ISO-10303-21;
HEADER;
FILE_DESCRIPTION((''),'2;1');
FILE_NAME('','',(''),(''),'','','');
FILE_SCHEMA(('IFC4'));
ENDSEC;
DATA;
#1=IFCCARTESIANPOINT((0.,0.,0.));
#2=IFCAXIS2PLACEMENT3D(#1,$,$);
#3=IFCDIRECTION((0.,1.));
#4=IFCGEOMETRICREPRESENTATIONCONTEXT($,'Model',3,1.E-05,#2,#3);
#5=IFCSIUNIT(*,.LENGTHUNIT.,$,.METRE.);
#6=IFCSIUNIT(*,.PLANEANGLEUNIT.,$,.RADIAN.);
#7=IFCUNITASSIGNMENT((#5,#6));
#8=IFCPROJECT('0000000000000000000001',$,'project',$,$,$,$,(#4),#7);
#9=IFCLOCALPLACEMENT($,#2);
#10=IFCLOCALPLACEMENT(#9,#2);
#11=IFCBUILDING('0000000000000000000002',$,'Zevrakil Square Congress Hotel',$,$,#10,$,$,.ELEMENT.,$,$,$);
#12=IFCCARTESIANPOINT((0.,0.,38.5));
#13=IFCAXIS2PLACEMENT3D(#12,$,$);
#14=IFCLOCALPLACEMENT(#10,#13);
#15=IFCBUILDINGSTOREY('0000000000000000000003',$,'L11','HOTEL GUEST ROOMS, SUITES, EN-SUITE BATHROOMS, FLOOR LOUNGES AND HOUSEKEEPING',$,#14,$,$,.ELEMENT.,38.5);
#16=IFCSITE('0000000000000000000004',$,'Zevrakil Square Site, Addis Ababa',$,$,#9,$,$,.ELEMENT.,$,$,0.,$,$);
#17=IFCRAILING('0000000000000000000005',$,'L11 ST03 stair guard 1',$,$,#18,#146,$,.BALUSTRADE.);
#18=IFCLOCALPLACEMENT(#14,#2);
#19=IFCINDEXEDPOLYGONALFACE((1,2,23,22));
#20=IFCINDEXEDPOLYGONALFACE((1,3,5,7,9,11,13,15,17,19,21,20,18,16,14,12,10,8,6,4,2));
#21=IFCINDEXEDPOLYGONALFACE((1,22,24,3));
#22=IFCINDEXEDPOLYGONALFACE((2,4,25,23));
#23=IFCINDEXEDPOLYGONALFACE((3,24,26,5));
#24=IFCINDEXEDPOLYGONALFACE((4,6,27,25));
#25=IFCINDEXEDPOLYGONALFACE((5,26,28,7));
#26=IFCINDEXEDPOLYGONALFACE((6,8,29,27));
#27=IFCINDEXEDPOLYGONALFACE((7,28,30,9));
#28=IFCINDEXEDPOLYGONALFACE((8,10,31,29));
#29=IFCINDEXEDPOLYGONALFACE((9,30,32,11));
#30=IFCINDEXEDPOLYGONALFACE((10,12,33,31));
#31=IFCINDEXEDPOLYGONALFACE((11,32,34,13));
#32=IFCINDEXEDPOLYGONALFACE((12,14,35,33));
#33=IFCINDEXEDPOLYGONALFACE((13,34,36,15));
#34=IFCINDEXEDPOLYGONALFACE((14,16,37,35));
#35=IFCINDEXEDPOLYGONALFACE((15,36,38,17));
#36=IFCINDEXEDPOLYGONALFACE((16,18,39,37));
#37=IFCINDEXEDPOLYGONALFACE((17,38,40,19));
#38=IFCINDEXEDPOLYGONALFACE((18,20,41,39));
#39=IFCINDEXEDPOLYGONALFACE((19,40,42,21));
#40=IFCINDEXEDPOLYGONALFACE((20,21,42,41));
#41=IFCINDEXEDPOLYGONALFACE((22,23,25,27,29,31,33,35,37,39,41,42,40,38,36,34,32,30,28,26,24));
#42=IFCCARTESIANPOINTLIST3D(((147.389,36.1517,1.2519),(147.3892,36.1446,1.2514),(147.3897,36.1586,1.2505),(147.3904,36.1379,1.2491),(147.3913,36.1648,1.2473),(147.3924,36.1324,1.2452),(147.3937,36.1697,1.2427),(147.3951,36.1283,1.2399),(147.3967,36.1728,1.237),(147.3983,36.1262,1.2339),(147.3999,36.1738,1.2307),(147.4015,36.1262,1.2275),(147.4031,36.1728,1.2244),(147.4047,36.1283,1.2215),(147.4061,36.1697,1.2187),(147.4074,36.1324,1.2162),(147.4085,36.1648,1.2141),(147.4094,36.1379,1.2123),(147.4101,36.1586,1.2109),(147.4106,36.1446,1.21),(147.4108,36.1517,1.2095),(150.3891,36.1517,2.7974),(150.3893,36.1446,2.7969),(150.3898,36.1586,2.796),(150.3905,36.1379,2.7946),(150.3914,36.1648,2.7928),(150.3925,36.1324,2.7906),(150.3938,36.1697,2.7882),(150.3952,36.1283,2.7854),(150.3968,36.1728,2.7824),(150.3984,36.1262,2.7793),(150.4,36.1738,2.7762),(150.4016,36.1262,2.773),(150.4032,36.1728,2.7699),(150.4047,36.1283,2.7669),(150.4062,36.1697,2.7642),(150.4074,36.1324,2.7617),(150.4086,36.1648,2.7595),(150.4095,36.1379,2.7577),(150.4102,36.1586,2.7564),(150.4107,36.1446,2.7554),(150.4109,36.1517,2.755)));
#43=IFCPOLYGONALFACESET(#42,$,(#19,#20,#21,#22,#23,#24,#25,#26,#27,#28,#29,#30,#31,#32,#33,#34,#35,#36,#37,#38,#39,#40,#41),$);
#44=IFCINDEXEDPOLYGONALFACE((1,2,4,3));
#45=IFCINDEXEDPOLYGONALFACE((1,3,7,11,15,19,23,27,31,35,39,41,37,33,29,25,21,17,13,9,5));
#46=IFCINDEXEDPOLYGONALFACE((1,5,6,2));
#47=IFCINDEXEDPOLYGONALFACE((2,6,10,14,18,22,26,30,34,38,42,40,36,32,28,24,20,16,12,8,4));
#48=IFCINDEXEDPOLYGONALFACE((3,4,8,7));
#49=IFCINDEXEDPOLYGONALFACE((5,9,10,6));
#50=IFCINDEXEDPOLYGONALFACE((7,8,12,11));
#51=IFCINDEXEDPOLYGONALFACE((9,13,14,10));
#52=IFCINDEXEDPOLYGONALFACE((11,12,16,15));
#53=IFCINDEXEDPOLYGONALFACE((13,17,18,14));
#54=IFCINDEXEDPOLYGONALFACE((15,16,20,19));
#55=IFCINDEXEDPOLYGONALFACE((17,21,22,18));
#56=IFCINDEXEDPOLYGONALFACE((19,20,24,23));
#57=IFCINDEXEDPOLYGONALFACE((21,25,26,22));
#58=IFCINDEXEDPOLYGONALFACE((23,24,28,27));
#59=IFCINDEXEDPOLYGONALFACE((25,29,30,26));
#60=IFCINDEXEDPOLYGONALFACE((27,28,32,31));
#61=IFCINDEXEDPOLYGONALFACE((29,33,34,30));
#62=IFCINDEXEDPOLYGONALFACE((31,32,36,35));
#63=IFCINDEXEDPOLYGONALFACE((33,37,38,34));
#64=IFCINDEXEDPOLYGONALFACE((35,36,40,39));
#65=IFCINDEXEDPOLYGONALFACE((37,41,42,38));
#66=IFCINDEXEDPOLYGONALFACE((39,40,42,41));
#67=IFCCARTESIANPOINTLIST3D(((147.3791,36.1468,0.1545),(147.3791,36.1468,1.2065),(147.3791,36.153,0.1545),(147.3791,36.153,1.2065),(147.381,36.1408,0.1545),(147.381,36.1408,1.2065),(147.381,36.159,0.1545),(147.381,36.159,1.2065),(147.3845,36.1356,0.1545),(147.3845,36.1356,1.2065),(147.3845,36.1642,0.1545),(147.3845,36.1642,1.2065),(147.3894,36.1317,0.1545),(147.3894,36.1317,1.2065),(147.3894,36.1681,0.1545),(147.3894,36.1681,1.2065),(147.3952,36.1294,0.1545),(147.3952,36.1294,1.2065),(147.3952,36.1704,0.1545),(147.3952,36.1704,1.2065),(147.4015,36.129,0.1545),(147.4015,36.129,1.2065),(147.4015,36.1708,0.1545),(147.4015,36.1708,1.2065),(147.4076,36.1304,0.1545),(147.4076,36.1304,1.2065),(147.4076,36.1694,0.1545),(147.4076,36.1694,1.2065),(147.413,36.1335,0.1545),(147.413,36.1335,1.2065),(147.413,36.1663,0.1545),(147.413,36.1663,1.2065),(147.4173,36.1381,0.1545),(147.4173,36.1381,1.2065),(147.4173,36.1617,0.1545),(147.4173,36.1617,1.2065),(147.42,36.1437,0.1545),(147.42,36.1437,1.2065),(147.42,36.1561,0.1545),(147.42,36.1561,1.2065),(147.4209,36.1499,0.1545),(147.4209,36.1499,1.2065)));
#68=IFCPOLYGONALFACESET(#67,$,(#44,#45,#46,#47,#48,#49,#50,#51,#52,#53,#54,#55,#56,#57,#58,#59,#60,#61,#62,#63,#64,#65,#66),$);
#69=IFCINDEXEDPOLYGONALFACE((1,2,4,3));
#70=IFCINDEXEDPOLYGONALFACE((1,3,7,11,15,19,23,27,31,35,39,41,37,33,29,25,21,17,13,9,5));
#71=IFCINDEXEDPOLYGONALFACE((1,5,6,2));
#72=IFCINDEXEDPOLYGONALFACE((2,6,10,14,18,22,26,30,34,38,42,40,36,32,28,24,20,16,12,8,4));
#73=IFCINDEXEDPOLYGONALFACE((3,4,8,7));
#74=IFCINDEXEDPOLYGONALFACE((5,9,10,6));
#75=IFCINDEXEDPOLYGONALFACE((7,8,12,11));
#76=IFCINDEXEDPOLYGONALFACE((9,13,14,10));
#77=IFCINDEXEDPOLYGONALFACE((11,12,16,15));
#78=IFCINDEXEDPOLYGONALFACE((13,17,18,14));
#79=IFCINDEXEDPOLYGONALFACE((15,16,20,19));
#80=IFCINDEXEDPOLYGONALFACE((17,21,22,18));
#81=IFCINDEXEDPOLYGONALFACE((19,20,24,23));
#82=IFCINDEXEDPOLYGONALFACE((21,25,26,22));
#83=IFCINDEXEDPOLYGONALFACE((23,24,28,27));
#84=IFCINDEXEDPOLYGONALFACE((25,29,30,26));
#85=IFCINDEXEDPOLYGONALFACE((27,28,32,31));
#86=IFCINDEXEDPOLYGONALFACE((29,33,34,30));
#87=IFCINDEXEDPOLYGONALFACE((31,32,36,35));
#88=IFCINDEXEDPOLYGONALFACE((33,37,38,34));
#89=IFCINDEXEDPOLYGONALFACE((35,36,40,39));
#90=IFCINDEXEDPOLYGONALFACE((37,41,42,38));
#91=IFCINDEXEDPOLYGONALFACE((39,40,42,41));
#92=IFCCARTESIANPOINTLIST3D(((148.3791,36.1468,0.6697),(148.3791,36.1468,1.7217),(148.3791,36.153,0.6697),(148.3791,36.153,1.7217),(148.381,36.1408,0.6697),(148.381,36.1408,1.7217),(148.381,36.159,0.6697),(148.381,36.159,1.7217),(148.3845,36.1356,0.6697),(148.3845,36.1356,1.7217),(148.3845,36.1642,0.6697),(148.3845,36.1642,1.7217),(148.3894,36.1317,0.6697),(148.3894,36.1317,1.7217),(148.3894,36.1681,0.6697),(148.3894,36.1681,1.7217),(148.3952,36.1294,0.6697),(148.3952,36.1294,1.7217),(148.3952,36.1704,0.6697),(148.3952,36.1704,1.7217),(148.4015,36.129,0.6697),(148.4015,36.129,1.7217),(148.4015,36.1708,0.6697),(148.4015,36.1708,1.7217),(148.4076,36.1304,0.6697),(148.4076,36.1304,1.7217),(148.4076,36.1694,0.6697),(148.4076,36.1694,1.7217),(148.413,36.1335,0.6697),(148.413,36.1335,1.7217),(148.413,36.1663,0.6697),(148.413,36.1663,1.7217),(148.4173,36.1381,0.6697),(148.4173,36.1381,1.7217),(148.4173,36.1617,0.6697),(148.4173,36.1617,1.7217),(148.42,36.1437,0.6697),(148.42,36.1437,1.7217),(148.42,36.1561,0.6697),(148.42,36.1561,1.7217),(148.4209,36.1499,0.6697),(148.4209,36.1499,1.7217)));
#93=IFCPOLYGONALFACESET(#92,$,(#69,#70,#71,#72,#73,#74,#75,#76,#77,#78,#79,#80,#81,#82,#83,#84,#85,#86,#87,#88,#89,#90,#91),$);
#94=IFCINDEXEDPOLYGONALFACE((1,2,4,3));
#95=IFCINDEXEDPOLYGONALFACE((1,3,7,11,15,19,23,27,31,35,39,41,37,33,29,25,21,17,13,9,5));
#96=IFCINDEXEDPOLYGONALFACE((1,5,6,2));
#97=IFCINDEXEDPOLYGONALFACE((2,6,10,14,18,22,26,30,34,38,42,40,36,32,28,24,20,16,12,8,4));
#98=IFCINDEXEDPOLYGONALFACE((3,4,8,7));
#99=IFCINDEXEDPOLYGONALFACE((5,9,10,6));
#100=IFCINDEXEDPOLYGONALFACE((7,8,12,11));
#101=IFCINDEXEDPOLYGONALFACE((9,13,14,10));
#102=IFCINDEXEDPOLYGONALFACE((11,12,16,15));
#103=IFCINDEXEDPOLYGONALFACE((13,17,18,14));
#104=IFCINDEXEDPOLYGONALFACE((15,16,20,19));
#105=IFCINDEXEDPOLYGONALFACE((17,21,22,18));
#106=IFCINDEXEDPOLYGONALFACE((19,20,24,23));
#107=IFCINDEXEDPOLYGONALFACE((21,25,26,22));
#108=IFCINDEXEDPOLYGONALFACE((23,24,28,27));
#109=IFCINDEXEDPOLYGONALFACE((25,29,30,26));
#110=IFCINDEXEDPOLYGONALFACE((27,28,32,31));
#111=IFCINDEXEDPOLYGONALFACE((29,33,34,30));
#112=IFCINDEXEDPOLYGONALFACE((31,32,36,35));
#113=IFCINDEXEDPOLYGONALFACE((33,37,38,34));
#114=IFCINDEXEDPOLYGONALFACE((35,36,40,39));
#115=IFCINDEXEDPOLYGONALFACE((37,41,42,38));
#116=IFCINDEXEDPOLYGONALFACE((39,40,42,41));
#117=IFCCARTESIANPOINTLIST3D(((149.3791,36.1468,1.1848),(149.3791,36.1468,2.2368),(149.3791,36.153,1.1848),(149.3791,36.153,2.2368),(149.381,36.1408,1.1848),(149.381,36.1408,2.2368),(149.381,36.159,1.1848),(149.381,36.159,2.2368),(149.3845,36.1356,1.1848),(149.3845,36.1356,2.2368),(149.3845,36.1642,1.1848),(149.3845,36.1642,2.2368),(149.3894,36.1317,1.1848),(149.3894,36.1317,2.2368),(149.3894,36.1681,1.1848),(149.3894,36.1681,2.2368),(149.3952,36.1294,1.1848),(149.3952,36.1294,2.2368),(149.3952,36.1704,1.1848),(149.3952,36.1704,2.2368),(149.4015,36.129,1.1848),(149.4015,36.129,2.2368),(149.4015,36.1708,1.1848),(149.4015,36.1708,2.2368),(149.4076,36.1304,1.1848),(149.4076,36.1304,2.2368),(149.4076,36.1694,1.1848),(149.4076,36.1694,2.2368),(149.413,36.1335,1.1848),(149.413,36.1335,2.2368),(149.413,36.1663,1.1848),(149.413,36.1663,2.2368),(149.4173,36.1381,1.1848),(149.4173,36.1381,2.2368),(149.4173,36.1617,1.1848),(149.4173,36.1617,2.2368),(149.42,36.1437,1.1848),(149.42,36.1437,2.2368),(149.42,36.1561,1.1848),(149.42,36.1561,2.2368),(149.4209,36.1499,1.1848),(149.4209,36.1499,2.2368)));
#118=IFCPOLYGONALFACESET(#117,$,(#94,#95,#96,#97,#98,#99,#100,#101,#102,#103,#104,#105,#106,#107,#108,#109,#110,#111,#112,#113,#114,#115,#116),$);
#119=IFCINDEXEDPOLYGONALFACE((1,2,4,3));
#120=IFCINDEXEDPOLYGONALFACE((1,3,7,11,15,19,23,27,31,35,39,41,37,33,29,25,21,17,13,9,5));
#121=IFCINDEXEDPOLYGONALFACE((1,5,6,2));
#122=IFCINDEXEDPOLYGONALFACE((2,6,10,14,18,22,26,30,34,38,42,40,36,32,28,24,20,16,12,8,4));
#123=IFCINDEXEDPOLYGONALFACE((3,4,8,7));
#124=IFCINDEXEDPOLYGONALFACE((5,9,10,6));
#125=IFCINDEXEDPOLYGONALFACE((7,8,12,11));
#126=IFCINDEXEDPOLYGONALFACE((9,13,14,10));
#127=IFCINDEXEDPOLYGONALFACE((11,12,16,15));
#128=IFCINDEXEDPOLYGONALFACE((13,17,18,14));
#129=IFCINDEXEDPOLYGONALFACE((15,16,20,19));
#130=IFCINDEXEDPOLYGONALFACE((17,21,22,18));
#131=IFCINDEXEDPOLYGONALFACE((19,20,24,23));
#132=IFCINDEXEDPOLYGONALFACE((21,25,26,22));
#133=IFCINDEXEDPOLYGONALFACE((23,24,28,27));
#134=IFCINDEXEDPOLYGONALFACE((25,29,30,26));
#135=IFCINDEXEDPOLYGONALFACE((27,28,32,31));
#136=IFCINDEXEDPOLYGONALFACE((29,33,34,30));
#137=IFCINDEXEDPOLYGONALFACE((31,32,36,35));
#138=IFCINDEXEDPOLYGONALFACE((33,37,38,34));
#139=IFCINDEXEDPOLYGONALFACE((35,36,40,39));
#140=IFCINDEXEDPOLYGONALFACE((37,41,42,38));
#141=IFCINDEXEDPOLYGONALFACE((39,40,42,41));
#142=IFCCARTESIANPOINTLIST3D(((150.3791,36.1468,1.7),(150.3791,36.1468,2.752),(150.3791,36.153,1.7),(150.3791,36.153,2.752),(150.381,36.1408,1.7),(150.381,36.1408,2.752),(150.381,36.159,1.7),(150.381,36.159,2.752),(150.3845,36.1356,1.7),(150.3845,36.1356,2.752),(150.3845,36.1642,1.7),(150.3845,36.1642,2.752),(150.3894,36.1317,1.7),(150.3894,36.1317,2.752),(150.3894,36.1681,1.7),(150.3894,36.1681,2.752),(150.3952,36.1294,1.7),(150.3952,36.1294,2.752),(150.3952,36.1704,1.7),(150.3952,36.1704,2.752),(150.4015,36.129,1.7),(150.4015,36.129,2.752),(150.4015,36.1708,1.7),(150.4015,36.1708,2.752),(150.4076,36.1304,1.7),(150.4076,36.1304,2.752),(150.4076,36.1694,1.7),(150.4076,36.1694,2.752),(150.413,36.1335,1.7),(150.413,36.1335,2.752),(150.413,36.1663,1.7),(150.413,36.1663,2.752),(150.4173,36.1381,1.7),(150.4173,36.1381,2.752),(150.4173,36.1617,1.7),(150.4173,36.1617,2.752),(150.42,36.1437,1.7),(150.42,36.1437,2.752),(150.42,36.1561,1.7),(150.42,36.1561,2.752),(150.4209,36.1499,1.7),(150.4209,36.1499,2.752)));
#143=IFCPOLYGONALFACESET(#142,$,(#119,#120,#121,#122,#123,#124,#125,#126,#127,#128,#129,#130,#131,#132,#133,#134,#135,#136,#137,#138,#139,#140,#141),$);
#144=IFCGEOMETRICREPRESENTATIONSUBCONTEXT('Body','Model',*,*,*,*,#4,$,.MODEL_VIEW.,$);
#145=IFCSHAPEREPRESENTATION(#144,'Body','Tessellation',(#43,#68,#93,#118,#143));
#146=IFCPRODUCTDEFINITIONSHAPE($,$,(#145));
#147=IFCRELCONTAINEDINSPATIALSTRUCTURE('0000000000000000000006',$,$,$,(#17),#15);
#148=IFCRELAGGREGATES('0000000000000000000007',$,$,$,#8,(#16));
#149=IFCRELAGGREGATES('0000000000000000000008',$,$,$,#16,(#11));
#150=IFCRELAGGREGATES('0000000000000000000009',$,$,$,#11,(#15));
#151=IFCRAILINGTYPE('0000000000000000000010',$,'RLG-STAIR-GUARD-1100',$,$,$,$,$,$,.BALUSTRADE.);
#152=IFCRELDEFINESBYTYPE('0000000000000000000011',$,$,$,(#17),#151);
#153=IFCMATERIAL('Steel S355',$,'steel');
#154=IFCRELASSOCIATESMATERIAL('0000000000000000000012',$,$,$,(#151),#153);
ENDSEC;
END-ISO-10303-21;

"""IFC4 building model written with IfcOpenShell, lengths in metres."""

from ifc_helpers import new_model, si_unit, direction, frame, origin, origin_2d, place, context, subcontext, project, spatial, circle, extrude, material, type_object, element, save


model = new_model("IFC4")

# Units and contexts
model_context = context("Model", 3, precision=1e-05, world=origin(), true_north=direction((0.0, 1.0)))
body_context = subcontext(model_context, "Body", "Model", "MODEL_VIEW")
ifc_project = project(units=[si_unit("LENGTHUNIT", "METRE"), si_unit("PLANEANGLEUNIT", "RADIAN")], contexts=[model_context])

# Site, building, storey
site_placement = place(None, origin())
site = spatial("IfcSite", under=ifc_project, at=site_placement, Name="Zevrakil Square Site, Addis Ababa", CompositionType="ELEMENT", RefElevation=0.0)
building_placement = place(site_placement, origin())
building = spatial("IfcBuilding", under=site, at=building_placement, Name="Zevrakil Square Congress Hotel", CompositionType="ELEMENT")
storey_placement = place(building_placement, frame((0.0, 0.0, 38.5)))
storey = spatial("IfcBuildingStorey", under=building, at=storey_placement, Name="L11", Description="HOTEL GUEST ROOMS, SUITES, EN-SUITE BATHROOMS, FLOOR LOUNGES AND HOUSEKEEPING", CompositionType="ELEMENT", Elevation=38.5)

# Railing
ifc_material_1 = material(Name="Steel S355", Category="steel")
railing_type_1 = type_object("IfcRailingType", Name="RLG-STAIR-GUARD-1100", PredefinedType="BALUSTRADE", material=ifc_material_1)
railing_1_placement = place(storey_placement, frame((147.3999, 36.1499, 0.1545)))
element("IfcRailing", 1, at=railing_1_placement, inside=storey, type_object=railing_type_1, Name="L11 ST03 stair guard 1", PredefinedType="BALUSTRADE", context=body_context, shape_type="SweptSolid", body=[
    extrude(circle(Radius=0.0239, at=origin_2d()), frame((0.0, 0.0, 1.0762), z_axis=(0.88898, 0.0, 0.457946), x_axis=(0.0, 1.0, 0.0)), (0.0, 0.0, 1.0), 3.3748),
    extrude(circle(Radius=0.021, at=origin_2d()), origin(), (0.0, 0.0, 1.0), 1.052),
    extrude(circle(Radius=0.021, at=origin_2d()), frame((1.0, 0.0, 0.5151)), (0.0, 0.0, 1.0), 1.052),
    extrude(circle(Radius=0.021, at=origin_2d()), frame((2.0, 0.0, 1.0303)), (0.0, 0.0, 1.0), 1.052),
    extrude(circle(Radius=0.021, at=origin_2d()), frame((3.0, 0.0, 1.5454)), (0.0, 0.0, 1.0), 1.052),
])

save(model, "model.ifc")
